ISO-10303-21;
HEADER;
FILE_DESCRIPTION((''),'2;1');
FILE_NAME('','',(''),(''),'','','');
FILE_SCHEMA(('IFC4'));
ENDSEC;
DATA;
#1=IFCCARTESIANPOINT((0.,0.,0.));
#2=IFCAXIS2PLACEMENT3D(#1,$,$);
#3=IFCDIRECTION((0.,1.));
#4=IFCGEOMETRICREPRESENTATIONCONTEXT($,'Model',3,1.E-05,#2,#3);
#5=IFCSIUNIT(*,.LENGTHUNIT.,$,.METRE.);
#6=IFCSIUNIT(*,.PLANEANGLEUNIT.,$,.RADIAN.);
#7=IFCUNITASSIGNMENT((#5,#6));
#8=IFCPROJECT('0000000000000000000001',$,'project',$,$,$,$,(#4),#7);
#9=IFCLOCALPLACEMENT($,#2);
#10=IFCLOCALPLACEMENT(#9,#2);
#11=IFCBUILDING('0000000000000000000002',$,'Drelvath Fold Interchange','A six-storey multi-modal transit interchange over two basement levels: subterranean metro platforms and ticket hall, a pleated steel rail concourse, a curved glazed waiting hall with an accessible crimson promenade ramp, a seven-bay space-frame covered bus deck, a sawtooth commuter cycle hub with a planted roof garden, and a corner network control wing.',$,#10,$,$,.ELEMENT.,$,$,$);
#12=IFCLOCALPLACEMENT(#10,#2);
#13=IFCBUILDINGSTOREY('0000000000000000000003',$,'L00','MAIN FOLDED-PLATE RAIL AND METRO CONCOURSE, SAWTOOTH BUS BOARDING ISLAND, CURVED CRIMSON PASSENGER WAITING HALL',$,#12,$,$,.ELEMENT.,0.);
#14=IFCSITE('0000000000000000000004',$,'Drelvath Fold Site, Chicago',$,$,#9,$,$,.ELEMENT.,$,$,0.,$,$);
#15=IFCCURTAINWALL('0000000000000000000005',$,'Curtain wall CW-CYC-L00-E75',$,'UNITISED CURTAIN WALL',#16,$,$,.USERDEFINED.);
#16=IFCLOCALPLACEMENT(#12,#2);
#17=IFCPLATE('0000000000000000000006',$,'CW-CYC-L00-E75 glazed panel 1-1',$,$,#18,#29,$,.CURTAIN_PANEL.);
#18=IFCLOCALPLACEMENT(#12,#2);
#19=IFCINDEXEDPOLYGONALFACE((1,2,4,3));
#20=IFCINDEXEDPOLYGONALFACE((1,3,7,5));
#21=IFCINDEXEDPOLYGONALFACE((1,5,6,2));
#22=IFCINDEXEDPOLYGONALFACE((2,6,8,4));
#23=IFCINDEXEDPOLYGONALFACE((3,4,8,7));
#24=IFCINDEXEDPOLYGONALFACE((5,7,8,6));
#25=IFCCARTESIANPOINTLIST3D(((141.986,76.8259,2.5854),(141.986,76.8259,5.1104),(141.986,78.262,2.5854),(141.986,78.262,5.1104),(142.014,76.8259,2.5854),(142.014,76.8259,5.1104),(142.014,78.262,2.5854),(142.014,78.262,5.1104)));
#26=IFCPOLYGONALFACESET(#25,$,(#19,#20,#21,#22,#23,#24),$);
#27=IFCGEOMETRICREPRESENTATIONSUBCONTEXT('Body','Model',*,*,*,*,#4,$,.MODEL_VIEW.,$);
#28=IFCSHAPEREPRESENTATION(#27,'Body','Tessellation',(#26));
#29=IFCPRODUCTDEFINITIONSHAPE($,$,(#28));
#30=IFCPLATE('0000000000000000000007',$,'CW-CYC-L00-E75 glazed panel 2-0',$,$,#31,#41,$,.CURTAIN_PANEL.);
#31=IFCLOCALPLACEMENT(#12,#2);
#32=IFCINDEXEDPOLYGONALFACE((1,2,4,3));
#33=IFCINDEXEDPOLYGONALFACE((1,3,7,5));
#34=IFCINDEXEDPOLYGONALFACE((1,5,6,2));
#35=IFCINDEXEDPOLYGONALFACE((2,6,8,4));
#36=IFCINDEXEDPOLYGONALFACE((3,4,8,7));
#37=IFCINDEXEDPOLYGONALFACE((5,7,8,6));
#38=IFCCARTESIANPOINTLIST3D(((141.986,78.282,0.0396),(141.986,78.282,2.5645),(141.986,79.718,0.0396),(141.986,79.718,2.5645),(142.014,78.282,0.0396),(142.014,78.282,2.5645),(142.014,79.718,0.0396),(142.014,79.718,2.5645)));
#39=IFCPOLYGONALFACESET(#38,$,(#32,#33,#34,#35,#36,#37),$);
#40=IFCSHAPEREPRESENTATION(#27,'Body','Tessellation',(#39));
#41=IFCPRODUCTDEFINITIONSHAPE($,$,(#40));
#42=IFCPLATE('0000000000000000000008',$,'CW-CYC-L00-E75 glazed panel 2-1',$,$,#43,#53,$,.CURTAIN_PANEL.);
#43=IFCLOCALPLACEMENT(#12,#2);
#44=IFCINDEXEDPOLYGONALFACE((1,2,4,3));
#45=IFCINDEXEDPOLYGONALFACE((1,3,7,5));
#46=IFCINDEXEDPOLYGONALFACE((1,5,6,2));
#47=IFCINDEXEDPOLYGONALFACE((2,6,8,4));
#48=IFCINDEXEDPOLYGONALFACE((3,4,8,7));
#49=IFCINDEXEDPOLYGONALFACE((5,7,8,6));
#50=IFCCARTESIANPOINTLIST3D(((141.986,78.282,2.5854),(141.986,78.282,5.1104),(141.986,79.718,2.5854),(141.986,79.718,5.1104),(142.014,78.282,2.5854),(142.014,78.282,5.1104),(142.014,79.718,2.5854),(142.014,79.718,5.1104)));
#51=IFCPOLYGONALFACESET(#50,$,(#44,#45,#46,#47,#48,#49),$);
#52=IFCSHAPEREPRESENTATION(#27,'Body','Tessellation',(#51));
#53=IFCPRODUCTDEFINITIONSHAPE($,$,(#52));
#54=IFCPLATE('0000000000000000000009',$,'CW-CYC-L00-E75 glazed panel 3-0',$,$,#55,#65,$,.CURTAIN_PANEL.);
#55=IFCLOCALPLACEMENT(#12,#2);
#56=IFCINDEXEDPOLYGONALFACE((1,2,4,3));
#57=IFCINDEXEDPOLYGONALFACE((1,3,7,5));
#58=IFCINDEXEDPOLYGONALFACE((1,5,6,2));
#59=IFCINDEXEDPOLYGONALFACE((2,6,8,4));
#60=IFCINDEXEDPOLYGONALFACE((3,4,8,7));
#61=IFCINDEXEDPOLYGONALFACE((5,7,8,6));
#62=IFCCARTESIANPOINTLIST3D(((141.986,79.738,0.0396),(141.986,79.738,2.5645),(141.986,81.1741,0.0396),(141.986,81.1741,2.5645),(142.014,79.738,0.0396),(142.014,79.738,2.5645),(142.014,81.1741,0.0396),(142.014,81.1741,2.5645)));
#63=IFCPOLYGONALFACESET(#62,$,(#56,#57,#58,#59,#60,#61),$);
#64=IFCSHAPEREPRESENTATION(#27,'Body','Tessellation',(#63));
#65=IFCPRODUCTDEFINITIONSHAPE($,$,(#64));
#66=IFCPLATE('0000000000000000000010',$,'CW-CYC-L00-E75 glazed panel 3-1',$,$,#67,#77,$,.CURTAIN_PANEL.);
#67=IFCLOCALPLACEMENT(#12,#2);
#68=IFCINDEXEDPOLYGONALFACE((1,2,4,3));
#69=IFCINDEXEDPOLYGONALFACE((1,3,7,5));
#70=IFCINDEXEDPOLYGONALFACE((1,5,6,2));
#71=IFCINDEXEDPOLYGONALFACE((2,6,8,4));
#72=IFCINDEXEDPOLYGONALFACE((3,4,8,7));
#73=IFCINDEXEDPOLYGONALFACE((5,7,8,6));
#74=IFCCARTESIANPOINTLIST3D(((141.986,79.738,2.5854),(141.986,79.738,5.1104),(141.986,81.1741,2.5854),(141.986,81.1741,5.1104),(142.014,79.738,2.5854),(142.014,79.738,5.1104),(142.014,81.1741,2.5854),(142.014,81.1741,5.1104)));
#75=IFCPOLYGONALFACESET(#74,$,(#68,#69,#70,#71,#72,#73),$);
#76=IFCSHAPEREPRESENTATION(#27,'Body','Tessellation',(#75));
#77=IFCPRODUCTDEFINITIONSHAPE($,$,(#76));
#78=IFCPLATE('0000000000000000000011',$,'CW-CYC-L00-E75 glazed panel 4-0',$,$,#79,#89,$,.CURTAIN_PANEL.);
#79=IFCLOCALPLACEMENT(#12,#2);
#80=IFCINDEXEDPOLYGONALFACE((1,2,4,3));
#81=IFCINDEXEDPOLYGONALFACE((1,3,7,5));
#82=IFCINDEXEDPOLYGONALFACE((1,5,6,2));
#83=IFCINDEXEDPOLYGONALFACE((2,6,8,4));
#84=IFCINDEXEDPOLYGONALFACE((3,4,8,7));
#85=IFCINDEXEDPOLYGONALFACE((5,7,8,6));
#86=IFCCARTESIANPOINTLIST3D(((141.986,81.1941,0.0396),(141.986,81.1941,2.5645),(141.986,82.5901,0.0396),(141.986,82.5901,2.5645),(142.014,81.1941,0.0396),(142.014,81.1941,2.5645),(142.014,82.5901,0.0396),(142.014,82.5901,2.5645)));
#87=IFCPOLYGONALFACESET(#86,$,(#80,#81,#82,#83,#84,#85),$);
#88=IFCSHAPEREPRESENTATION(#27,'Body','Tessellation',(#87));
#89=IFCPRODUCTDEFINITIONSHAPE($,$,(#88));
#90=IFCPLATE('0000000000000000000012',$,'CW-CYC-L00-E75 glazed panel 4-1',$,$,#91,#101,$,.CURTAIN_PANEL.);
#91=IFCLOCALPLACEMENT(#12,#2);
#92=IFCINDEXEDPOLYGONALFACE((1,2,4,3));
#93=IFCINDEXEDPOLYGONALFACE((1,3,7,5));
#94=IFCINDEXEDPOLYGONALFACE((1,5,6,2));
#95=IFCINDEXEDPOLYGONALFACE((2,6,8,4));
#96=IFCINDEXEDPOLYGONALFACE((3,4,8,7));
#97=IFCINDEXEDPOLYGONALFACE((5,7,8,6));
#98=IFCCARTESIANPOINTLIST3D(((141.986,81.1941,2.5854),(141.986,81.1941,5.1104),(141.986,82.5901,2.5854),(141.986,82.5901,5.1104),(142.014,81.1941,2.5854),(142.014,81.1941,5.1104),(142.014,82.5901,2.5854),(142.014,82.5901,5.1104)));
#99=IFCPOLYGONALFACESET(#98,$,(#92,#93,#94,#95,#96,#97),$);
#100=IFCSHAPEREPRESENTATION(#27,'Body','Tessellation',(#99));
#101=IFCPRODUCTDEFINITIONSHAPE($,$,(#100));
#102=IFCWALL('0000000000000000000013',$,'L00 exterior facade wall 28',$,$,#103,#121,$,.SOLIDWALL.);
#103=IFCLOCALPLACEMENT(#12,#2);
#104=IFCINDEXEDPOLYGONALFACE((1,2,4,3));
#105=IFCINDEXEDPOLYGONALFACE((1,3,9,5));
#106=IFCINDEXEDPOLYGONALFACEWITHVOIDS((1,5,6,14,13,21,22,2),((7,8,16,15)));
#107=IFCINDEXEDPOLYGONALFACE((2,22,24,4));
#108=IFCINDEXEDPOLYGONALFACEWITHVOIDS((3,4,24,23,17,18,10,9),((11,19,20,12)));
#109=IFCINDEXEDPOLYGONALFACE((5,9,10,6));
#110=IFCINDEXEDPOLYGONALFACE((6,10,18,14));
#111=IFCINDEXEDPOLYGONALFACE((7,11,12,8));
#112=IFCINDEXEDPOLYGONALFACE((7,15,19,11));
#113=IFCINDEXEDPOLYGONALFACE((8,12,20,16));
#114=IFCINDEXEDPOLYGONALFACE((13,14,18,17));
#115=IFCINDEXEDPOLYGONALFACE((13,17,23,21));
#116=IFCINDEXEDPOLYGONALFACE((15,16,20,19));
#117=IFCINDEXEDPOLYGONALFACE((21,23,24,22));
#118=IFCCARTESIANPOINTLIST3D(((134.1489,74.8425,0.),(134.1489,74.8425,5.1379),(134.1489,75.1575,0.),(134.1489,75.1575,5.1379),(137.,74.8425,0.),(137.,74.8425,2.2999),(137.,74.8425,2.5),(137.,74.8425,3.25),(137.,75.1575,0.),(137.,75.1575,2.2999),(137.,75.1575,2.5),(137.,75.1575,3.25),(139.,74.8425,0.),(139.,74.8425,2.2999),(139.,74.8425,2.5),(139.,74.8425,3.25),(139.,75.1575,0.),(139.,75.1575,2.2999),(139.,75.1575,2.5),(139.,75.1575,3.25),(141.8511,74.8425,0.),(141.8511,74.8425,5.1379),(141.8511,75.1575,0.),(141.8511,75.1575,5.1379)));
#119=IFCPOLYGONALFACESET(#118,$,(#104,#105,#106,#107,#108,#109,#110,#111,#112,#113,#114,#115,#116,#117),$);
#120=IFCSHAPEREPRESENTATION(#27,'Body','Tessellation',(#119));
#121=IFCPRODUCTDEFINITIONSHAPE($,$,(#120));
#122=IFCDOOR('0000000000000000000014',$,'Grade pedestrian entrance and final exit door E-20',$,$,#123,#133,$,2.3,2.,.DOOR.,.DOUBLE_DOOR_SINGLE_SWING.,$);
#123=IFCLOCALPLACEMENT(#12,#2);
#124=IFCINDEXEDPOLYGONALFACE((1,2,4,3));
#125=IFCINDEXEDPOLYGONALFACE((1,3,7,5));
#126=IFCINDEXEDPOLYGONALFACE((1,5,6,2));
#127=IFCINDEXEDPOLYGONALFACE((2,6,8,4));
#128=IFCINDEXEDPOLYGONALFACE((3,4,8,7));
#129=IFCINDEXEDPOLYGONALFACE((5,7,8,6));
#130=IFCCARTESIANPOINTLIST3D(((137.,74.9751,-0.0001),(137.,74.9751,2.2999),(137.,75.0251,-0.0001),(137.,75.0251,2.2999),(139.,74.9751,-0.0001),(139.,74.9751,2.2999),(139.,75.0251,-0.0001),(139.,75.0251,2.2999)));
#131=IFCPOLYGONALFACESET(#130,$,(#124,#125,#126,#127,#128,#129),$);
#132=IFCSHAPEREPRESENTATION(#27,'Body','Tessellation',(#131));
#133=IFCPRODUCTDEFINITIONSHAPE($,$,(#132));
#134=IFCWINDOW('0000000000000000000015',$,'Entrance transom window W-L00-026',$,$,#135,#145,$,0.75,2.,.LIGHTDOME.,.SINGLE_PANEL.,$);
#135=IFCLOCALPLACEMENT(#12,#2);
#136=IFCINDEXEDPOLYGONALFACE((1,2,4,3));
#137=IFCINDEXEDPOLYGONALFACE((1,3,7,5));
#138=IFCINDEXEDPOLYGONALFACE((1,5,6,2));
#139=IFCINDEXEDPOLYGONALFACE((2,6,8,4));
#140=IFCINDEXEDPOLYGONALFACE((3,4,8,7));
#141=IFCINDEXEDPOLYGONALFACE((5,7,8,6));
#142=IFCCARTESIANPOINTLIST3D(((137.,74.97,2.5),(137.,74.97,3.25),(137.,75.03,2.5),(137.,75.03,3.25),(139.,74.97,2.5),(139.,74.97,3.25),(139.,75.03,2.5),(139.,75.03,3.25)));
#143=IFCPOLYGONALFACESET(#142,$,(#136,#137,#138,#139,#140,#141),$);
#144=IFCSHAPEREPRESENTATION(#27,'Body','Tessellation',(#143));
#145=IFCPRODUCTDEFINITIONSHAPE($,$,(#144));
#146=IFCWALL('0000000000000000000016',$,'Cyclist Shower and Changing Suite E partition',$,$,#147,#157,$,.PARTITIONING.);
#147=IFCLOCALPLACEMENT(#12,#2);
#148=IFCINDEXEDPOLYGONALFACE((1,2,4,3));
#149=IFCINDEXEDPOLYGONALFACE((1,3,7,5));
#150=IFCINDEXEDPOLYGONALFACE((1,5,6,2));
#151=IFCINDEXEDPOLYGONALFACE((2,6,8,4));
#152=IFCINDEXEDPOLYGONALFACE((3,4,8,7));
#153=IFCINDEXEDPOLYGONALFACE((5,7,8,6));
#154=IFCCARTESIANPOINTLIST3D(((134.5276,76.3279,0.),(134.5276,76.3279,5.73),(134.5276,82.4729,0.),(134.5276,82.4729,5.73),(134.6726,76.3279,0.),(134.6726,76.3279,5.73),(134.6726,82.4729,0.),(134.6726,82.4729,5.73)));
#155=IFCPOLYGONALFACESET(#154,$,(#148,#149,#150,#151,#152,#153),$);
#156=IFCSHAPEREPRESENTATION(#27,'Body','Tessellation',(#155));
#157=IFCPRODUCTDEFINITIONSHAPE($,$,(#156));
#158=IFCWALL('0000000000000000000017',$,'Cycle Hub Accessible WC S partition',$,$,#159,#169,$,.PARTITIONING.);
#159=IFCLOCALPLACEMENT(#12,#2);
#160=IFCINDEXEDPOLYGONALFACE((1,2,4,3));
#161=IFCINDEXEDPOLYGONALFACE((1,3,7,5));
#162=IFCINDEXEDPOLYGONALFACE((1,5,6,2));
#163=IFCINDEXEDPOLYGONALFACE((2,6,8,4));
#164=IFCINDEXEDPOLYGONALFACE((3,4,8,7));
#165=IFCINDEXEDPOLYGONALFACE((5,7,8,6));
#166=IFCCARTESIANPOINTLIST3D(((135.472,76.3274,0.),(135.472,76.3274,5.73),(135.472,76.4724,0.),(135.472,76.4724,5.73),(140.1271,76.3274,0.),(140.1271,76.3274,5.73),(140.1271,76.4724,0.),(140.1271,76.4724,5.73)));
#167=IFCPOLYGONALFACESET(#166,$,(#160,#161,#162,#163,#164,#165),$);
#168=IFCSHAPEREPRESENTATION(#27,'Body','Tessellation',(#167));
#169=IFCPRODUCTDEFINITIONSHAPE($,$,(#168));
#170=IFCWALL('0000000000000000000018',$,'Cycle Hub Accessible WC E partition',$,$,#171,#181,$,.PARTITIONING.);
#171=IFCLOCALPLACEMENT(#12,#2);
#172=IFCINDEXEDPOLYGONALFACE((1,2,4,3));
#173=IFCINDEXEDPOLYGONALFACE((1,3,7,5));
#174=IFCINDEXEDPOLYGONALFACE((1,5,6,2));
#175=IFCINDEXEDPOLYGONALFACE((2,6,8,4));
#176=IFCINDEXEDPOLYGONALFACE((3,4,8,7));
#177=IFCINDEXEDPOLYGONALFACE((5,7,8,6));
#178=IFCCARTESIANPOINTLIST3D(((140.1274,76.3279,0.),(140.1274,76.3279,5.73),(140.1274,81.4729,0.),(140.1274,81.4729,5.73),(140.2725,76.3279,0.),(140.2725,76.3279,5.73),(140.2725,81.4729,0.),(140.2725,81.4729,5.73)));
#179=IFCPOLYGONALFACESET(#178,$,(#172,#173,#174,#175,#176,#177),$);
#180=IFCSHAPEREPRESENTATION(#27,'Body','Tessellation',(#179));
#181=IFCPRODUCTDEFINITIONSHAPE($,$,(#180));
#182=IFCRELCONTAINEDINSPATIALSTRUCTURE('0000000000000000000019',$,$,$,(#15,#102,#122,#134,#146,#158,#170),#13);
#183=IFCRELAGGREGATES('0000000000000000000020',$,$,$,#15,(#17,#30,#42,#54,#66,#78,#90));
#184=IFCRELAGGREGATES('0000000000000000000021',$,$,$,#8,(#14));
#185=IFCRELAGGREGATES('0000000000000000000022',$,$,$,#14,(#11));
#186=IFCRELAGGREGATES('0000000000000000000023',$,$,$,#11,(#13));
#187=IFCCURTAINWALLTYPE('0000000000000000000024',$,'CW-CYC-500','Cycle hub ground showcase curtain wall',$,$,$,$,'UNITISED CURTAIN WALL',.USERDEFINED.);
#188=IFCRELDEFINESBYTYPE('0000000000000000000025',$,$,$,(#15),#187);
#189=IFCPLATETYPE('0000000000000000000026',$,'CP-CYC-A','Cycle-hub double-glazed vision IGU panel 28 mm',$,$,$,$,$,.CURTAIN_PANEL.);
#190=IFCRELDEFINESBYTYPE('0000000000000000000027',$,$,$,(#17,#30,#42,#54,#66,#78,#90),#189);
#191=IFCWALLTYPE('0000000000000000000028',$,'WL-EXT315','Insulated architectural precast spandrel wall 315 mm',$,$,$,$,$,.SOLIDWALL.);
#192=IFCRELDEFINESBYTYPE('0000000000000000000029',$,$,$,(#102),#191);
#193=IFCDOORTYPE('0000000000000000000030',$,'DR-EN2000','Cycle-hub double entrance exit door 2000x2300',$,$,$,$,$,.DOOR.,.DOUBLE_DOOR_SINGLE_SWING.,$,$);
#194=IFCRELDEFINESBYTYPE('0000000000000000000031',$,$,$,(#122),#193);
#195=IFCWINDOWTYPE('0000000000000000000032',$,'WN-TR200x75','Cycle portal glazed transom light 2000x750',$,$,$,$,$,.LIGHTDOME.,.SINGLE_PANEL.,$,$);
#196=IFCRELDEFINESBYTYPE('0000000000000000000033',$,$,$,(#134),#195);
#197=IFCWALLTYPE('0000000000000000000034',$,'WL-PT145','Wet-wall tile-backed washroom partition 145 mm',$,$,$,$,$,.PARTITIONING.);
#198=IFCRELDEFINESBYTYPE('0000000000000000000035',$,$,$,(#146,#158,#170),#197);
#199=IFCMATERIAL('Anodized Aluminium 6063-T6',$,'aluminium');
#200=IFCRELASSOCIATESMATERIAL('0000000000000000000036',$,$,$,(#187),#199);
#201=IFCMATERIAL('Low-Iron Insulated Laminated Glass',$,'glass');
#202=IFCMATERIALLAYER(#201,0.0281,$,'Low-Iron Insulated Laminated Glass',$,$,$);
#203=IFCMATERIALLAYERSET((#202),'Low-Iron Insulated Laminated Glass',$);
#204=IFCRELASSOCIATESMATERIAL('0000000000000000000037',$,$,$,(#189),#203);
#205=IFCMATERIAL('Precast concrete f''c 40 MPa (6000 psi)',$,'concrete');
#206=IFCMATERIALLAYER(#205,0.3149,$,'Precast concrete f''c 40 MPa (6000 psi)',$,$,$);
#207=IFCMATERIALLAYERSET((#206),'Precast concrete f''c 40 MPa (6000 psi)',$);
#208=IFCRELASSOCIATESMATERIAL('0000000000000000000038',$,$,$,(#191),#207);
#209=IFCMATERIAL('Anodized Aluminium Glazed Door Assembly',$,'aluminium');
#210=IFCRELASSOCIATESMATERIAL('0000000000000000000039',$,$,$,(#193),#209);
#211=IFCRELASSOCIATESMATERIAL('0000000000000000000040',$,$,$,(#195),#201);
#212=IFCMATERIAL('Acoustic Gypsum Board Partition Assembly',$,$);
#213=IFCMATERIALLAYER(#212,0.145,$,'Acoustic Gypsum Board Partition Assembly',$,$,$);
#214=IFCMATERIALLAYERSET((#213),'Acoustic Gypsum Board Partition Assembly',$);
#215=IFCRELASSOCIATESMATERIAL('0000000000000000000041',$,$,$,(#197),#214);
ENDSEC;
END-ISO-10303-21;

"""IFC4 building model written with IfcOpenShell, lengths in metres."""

from ifc_helpers import new_model, si_unit, direction, frame, frame_2d, origin, origin_2d, place, context, subcontext, project, spatial, rectangle, extrude, material, layer, layer_set, type_object, element, fill, aggregate, save


model = new_model("IFC4")

# Units and contexts
model_context = context("Model", 3, precision=1e-05, world=origin(), true_north=direction((0.0, 1.0)))
body_context = subcontext(model_context, "Body", "Model", "MODEL_VIEW")
ifc_project = project(units=[si_unit("LENGTHUNIT", "METRE"), si_unit("PLANEANGLEUNIT", "RADIAN")], contexts=[model_context])

# Site, building, storey
site_placement = place(None, origin())
site = spatial("IfcSite", under=ifc_project, at=site_placement, Name="Drelvath Fold Site, Chicago", CompositionType="ELEMENT", RefElevation=0.0)
building_placement = place(site_placement, origin())
building = spatial("IfcBuilding", under=site, at=building_placement, Name="Drelvath Fold Interchange", Description="A six-storey multi-modal transit interchange over two basement levels: subterranean metro platforms and ticket hall, a pleated steel rail concourse, a curved glazed waiting hall with an accessible crimson promenade ramp, a seven-bay space-frame covered bus deck, a sawtooth commuter cycle hub with a planted roof garden, and a corner network control wing.", CompositionType="ELEMENT")
storey_placement = place(building_placement, origin())
storey = spatial("IfcBuildingStorey", under=building, at=storey_placement, Name="L00", Description="MAIN FOLDED-PLATE RAIL AND METRO CONCOURSE, SAWTOOTH BUS BOARDING ISLAND, CURVED CRIMSON PASSENGER WAITING HALL", CompositionType="ELEMENT", Elevation=0.0)

# Curtain wall, plates
ifc_material_1 = material(Name="Anodized Aluminium 6063-T6", Category="aluminium")
curtain_wall_type = type_object("IfcCurtainWallType", Name="CW-CYC-500", Description="Cycle hub ground showcase curtain wall", ElementType="UNITISED CURTAIN WALL", PredefinedType="USERDEFINED", material=ifc_material_1)
curtain_wall_placement = place(storey_placement, origin())
curtain_wall = element("IfcCurtainWall", 1, at=curtain_wall_placement, inside=storey, type_object=curtain_wall_type, Name="Curtain wall CW-CYC-L00-E75", ObjectType="UNITISED CURTAIN WALL", PredefinedType="USERDEFINED")
ifc_material_2 = material(Name="Low-Iron Insulated Laminated Glass", Category="glass")
ifc_layer_1 = layer(ifc_material_2, 0.0281, Name="Low-Iron Insulated Laminated Glass")
ifc_layer_set_1 = layer_set([ifc_layer_1], Name="Low-Iron Insulated Laminated Glass")
plate_type = type_object("IfcPlateType", Name="CP-CYC-A", Description="Cycle-hub double-glazed vision IGU panel 28 mm", PredefinedType="CURTAIN_PANEL", material=ifc_layer_set_1)
plate_1_placement = place(storey_placement, frame((142.0, 77.5439, 2.5854), z_axis=(0.0, 0.0, 1.0), x_axis=(0.0, 1.0, 0.0)))
plate_1 = element("IfcPlate", 2, at=plate_1_placement, type_object=plate_type, Name="CW-CYC-L00-E75 glazed panel 1-1", PredefinedType="CURTAIN_PANEL", context=body_context, shape_type="SweptSolid", body=[
    extrude(rectangle(XDim=1.436, YDim=0.0281, at=origin_2d()), origin(), (0.0, 0.0, 1.0), 2.5249),
])
plate_2_placement = place(storey_placement, frame((142.0, 79.0, 0.0396), z_axis=(0.0, 0.0, 1.0), x_axis=(0.0, 1.0, 0.0)))
plate_2 = element("IfcPlate", 3, at=plate_2_placement, type_object=plate_type, Name="CW-CYC-L00-E75 glazed panel 2-0", PredefinedType="CURTAIN_PANEL", context=body_context, shape_type="SweptSolid", body=[
    extrude(rectangle(XDim=1.436, YDim=0.0281, at=origin_2d()), origin(), (0.0, 0.0, 1.0), 2.5249),
])
plate_3_placement = place(storey_placement, frame((142.0, 79.0, 2.5854), z_axis=(0.0, 0.0, 1.0), x_axis=(0.0, 1.0, 0.0)))
plate_3 = element("IfcPlate", 4, at=plate_3_placement, type_object=plate_type, Name="CW-CYC-L00-E75 glazed panel 2-1", PredefinedType="CURTAIN_PANEL", context=body_context, shape_type="SweptSolid", body=[
    extrude(rectangle(XDim=1.436, YDim=0.0281, at=origin_2d()), origin(), (0.0, 0.0, 1.0), 2.5249),
])
plate_4_placement = place(storey_placement, frame((142.0, 80.4561, 0.0396), z_axis=(0.0, 0.0, 1.0), x_axis=(0.0, 1.0, 0.0)))
plate_4 = element("IfcPlate", 5, at=plate_4_placement, type_object=plate_type, Name="CW-CYC-L00-E75 glazed panel 3-0", PredefinedType="CURTAIN_PANEL", context=body_context, shape_type="SweptSolid", body=[
    extrude(rectangle(XDim=1.436, YDim=0.0281, at=origin_2d()), origin(), (0.0, 0.0, 1.0), 2.5249),
])
plate_5_placement = place(storey_placement, frame((142.0, 80.4561, 2.5854), z_axis=(0.0, 0.0, 1.0), x_axis=(0.0, 1.0, 0.0)))
plate_5 = element("IfcPlate", 6, at=plate_5_placement, type_object=plate_type, Name="CW-CYC-L00-E75 glazed panel 3-1", PredefinedType="CURTAIN_PANEL", context=body_context, shape_type="SweptSolid", body=[
    extrude(rectangle(XDim=1.436, YDim=0.0281, at=origin_2d()), origin(), (0.0, 0.0, 1.0), 2.5249),
])
plate_6_placement = place(storey_placement, frame((142.0, 81.8921, 0.0396), z_axis=(0.0, 0.0, 1.0), x_axis=(0.0, 1.0, 0.0)))
plate_6 = element("IfcPlate", 7, at=plate_6_placement, type_object=plate_type, Name="CW-CYC-L00-E75 glazed panel 4-0", PredefinedType="CURTAIN_PANEL", context=body_context, shape_type="SweptSolid", body=[
    extrude(rectangle(XDim=1.396, YDim=0.0281, at=origin_2d()), origin(), (0.0, 0.0, 1.0), 2.5249),
])
plate_7_placement = place(storey_placement, frame((142.0, 81.8921, 2.5854), z_axis=(0.0, 0.0, 1.0), x_axis=(0.0, 1.0, 0.0)))
plate_7 = element("IfcPlate", 8, at=plate_7_placement, type_object=plate_type, Name="CW-CYC-L00-E75 glazed panel 4-1", PredefinedType="CURTAIN_PANEL", context=body_context, shape_type="SweptSolid", body=[
    extrude(rectangle(XDim=1.396, YDim=0.0281, at=origin_2d()), origin(), (0.0, 0.0, 1.0), 2.5249),
])
aggregate(curtain_wall, [plate_1, plate_2, plate_3, plate_4, plate_5, plate_6, plate_7])

# Wall, openings, door, window
ifc_material_3 = material(Name="Precast concrete f'c 40 MPa (6000 psi)", Category="concrete")
ifc_layer_2 = layer(ifc_material_3, 0.3149, Name="Precast concrete f'c 40 MPa (6000 psi)")
ifc_layer_set_2 = layer_set([ifc_layer_2], Name="Precast concrete f'c 40 MPa (6000 psi)")
wall_type_1 = type_object("IfcWallType", Name="WL-EXT315", Description="Insulated architectural precast spandrel wall 315 mm", PredefinedType="SOLIDWALL", material=ifc_layer_set_2)
wall_1_placement = place(storey_placement, frame((134.1489, 75.0, 0.0), z_axis=(0.0, 0.0, 1.0), x_axis=(1.0, 0.0, 0.0)))
wall_1 = element("IfcWall", 9, at=wall_1_placement, inside=storey, type_object=wall_type_1, Name="L00 exterior facade wall 28", PredefinedType="SOLIDWALL", context=body_context, shape_type="SweptSolid", body=[
    extrude(rectangle(XDim=7.7021, YDim=0.3149, at=frame_2d((3.8511, 0.0))), origin(), (0.0, 0.0, 1.0), 5.1379),
])
opening_1_placement = place(wall_1_placement, frame((2.8511, 0.0, 0.0)))
opening_1 = element("IfcOpeningElement", 10, at=opening_1_placement, cuts=wall_1, PredefinedType="OPENING", context=body_context, shape_type="SweptSolid", body=[
    extrude(rectangle(XDim=2.0, YDim=2.3, at=frame_2d((1.0, 1.1499))), frame((0.0, 0.1675, 0.0), z_axis=(0.0, -1.0, 0.0), x_axis=(1.0, 0.0, 0.0)), (0.0, 0.0, 1.0), 0.335),
])
opening_2_placement = place(wall_1_placement, frame((2.8511, 0.0, 2.5)))
opening_2 = element("IfcOpeningElement", 11, at=opening_2_placement, cuts=wall_1, PredefinedType="OPENING", context=body_context, shape_type="SweptSolid", body=[
    extrude(rectangle(XDim=2.0, YDim=0.75, at=frame_2d((1.0, 0.375))), frame((0.0, 0.1675, 0.0), z_axis=(0.0, -1.0, 0.0), x_axis=(1.0, 0.0, 0.0)), (0.0, 0.0, 1.0), 0.335),
])
ifc_material_4 = material(Name="Anodized Aluminium Glazed Door Assembly", Category="aluminium")
door_type_1 = type_object("IfcDoorType", Name="DR-EN2000", Description="Cycle-hub double entrance exit door 2000x2300", OperationType="DOUBLE_DOOR_SINGLE_SWING", PredefinedType="DOOR", material=ifc_material_4)
door_1_placement = place(opening_1_placement, frame((2.0, 0.0, 0.0), z_axis=(0.0, 0.0, 1.0), x_axis=(-1.0, 0.0, 0.0)))
door_1 = element("IfcDoor", 12, at=door_1_placement, inside=storey, type_object=door_type_1, Name="Grade pedestrian entrance and final exit door E-20", OperationType="DOUBLE_DOOR_SINGLE_SWING", OverallHeight=2.3, OverallWidth=2.0, PredefinedType="DOOR", context=body_context, shape_type="SweptSolid", body=[
    extrude(rectangle(XDim=2.0, YDim=2.3, at=frame_2d((1.0, 1.1499))), frame((0.0, 0.0249, 0.0), z_axis=(0.0, -1.0, 0.0), x_axis=(1.0, 0.0, 0.0)), (0.0, 0.0, 1.0), 0.05),
])
fill(opening_1, door_1)
window_type = type_object("IfcWindowType", Name="WN-TR200x75", Description="Cycle portal glazed transom light 2000x750", PartitioningType="SINGLE_PANEL", PredefinedType="LIGHTDOME", material=ifc_material_2)
window_placement = place(opening_2_placement, origin())
window = element("IfcWindow", 13, at=window_placement, inside=storey, type_object=window_type, Name="Entrance transom window W-L00-026", OverallHeight=0.75, OverallWidth=2.0, PartitioningType="SINGLE_PANEL", PredefinedType="LIGHTDOME", context=body_context, shape_type="SweptSolid", body=[
    extrude(rectangle(XDim=2.0, YDim=0.75, at=frame_2d((1.0, 0.375))), frame((0.0, 0.03, 0.0), z_axis=(0.0, -1.0, 0.0), x_axis=(1.0, 0.0, 0.0)), (0.0, 0.0, 1.0), 0.0601),
])
fill(opening_2, window)

# Walls
ifc_material_5 = material(Name="Acoustic Gypsum Board Partition Assembly")
ifc_layer_3 = layer(ifc_material_5, 0.145, Name="Acoustic Gypsum Board Partition Assembly")
ifc_layer_set_3 = layer_set([ifc_layer_3], Name="Acoustic Gypsum Board Partition Assembly")
wall_type_2 = type_object("IfcWallType", Name="WL-PT145", Description="Wet-wall tile-backed washroom partition 145 mm", PredefinedType="PARTITIONING", material=ifc_layer_set_3)
wall_2_placement = place(storey_placement, frame((134.6001, 76.3279, 0.0), z_axis=(0.0, 0.0, 1.0), x_axis=(0.0, 1.0, 0.0)))
element("IfcWall", 14, at=wall_2_placement, inside=storey, type_object=wall_type_2, Name="Cyclist Shower and Changing Suite E partition", PredefinedType="PARTITIONING", context=body_context, shape_type="SweptSolid", body=[
    extrude(rectangle(XDim=6.145, YDim=0.145, at=frame_2d((3.0725, 0.0))), origin(), (0.0, 0.0, 1.0), 5.73),
])
wall_3_placement = place(storey_placement, frame((135.4719, 76.3999, 0.0), z_axis=(0.0, 0.0, 1.0), x_axis=(1.0, 0.0, 0.0)))
element("IfcWall", 15, at=wall_3_placement, inside=storey, type_object=wall_type_2, Name="Cycle Hub Accessible WC S partition", PredefinedType="PARTITIONING", context=body_context, shape_type="SweptSolid", body=[
    extrude(rectangle(XDim=4.655, YDim=0.145, at=frame_2d((2.3276, 0.0))), origin(), (0.0, 0.0, 1.0), 5.73),
])
wall_4_placement = place(storey_placement, frame((140.2, 76.3279, 0.0), z_axis=(0.0, 0.0, 1.0), x_axis=(0.0, 1.0, 0.0)))
element("IfcWall", 16, at=wall_4_placement, inside=storey, type_object=wall_type_2, Name="Cycle Hub Accessible WC E partition", PredefinedType="PARTITIONING", context=body_context, shape_type="SweptSolid", body=[
    extrude(rectangle(XDim=5.145, YDim=0.145, at=frame_2d((2.5725, 0.0))), origin(), (0.0, 0.0, 1.0), 5.73),
])

save(model, "model.ifc")
